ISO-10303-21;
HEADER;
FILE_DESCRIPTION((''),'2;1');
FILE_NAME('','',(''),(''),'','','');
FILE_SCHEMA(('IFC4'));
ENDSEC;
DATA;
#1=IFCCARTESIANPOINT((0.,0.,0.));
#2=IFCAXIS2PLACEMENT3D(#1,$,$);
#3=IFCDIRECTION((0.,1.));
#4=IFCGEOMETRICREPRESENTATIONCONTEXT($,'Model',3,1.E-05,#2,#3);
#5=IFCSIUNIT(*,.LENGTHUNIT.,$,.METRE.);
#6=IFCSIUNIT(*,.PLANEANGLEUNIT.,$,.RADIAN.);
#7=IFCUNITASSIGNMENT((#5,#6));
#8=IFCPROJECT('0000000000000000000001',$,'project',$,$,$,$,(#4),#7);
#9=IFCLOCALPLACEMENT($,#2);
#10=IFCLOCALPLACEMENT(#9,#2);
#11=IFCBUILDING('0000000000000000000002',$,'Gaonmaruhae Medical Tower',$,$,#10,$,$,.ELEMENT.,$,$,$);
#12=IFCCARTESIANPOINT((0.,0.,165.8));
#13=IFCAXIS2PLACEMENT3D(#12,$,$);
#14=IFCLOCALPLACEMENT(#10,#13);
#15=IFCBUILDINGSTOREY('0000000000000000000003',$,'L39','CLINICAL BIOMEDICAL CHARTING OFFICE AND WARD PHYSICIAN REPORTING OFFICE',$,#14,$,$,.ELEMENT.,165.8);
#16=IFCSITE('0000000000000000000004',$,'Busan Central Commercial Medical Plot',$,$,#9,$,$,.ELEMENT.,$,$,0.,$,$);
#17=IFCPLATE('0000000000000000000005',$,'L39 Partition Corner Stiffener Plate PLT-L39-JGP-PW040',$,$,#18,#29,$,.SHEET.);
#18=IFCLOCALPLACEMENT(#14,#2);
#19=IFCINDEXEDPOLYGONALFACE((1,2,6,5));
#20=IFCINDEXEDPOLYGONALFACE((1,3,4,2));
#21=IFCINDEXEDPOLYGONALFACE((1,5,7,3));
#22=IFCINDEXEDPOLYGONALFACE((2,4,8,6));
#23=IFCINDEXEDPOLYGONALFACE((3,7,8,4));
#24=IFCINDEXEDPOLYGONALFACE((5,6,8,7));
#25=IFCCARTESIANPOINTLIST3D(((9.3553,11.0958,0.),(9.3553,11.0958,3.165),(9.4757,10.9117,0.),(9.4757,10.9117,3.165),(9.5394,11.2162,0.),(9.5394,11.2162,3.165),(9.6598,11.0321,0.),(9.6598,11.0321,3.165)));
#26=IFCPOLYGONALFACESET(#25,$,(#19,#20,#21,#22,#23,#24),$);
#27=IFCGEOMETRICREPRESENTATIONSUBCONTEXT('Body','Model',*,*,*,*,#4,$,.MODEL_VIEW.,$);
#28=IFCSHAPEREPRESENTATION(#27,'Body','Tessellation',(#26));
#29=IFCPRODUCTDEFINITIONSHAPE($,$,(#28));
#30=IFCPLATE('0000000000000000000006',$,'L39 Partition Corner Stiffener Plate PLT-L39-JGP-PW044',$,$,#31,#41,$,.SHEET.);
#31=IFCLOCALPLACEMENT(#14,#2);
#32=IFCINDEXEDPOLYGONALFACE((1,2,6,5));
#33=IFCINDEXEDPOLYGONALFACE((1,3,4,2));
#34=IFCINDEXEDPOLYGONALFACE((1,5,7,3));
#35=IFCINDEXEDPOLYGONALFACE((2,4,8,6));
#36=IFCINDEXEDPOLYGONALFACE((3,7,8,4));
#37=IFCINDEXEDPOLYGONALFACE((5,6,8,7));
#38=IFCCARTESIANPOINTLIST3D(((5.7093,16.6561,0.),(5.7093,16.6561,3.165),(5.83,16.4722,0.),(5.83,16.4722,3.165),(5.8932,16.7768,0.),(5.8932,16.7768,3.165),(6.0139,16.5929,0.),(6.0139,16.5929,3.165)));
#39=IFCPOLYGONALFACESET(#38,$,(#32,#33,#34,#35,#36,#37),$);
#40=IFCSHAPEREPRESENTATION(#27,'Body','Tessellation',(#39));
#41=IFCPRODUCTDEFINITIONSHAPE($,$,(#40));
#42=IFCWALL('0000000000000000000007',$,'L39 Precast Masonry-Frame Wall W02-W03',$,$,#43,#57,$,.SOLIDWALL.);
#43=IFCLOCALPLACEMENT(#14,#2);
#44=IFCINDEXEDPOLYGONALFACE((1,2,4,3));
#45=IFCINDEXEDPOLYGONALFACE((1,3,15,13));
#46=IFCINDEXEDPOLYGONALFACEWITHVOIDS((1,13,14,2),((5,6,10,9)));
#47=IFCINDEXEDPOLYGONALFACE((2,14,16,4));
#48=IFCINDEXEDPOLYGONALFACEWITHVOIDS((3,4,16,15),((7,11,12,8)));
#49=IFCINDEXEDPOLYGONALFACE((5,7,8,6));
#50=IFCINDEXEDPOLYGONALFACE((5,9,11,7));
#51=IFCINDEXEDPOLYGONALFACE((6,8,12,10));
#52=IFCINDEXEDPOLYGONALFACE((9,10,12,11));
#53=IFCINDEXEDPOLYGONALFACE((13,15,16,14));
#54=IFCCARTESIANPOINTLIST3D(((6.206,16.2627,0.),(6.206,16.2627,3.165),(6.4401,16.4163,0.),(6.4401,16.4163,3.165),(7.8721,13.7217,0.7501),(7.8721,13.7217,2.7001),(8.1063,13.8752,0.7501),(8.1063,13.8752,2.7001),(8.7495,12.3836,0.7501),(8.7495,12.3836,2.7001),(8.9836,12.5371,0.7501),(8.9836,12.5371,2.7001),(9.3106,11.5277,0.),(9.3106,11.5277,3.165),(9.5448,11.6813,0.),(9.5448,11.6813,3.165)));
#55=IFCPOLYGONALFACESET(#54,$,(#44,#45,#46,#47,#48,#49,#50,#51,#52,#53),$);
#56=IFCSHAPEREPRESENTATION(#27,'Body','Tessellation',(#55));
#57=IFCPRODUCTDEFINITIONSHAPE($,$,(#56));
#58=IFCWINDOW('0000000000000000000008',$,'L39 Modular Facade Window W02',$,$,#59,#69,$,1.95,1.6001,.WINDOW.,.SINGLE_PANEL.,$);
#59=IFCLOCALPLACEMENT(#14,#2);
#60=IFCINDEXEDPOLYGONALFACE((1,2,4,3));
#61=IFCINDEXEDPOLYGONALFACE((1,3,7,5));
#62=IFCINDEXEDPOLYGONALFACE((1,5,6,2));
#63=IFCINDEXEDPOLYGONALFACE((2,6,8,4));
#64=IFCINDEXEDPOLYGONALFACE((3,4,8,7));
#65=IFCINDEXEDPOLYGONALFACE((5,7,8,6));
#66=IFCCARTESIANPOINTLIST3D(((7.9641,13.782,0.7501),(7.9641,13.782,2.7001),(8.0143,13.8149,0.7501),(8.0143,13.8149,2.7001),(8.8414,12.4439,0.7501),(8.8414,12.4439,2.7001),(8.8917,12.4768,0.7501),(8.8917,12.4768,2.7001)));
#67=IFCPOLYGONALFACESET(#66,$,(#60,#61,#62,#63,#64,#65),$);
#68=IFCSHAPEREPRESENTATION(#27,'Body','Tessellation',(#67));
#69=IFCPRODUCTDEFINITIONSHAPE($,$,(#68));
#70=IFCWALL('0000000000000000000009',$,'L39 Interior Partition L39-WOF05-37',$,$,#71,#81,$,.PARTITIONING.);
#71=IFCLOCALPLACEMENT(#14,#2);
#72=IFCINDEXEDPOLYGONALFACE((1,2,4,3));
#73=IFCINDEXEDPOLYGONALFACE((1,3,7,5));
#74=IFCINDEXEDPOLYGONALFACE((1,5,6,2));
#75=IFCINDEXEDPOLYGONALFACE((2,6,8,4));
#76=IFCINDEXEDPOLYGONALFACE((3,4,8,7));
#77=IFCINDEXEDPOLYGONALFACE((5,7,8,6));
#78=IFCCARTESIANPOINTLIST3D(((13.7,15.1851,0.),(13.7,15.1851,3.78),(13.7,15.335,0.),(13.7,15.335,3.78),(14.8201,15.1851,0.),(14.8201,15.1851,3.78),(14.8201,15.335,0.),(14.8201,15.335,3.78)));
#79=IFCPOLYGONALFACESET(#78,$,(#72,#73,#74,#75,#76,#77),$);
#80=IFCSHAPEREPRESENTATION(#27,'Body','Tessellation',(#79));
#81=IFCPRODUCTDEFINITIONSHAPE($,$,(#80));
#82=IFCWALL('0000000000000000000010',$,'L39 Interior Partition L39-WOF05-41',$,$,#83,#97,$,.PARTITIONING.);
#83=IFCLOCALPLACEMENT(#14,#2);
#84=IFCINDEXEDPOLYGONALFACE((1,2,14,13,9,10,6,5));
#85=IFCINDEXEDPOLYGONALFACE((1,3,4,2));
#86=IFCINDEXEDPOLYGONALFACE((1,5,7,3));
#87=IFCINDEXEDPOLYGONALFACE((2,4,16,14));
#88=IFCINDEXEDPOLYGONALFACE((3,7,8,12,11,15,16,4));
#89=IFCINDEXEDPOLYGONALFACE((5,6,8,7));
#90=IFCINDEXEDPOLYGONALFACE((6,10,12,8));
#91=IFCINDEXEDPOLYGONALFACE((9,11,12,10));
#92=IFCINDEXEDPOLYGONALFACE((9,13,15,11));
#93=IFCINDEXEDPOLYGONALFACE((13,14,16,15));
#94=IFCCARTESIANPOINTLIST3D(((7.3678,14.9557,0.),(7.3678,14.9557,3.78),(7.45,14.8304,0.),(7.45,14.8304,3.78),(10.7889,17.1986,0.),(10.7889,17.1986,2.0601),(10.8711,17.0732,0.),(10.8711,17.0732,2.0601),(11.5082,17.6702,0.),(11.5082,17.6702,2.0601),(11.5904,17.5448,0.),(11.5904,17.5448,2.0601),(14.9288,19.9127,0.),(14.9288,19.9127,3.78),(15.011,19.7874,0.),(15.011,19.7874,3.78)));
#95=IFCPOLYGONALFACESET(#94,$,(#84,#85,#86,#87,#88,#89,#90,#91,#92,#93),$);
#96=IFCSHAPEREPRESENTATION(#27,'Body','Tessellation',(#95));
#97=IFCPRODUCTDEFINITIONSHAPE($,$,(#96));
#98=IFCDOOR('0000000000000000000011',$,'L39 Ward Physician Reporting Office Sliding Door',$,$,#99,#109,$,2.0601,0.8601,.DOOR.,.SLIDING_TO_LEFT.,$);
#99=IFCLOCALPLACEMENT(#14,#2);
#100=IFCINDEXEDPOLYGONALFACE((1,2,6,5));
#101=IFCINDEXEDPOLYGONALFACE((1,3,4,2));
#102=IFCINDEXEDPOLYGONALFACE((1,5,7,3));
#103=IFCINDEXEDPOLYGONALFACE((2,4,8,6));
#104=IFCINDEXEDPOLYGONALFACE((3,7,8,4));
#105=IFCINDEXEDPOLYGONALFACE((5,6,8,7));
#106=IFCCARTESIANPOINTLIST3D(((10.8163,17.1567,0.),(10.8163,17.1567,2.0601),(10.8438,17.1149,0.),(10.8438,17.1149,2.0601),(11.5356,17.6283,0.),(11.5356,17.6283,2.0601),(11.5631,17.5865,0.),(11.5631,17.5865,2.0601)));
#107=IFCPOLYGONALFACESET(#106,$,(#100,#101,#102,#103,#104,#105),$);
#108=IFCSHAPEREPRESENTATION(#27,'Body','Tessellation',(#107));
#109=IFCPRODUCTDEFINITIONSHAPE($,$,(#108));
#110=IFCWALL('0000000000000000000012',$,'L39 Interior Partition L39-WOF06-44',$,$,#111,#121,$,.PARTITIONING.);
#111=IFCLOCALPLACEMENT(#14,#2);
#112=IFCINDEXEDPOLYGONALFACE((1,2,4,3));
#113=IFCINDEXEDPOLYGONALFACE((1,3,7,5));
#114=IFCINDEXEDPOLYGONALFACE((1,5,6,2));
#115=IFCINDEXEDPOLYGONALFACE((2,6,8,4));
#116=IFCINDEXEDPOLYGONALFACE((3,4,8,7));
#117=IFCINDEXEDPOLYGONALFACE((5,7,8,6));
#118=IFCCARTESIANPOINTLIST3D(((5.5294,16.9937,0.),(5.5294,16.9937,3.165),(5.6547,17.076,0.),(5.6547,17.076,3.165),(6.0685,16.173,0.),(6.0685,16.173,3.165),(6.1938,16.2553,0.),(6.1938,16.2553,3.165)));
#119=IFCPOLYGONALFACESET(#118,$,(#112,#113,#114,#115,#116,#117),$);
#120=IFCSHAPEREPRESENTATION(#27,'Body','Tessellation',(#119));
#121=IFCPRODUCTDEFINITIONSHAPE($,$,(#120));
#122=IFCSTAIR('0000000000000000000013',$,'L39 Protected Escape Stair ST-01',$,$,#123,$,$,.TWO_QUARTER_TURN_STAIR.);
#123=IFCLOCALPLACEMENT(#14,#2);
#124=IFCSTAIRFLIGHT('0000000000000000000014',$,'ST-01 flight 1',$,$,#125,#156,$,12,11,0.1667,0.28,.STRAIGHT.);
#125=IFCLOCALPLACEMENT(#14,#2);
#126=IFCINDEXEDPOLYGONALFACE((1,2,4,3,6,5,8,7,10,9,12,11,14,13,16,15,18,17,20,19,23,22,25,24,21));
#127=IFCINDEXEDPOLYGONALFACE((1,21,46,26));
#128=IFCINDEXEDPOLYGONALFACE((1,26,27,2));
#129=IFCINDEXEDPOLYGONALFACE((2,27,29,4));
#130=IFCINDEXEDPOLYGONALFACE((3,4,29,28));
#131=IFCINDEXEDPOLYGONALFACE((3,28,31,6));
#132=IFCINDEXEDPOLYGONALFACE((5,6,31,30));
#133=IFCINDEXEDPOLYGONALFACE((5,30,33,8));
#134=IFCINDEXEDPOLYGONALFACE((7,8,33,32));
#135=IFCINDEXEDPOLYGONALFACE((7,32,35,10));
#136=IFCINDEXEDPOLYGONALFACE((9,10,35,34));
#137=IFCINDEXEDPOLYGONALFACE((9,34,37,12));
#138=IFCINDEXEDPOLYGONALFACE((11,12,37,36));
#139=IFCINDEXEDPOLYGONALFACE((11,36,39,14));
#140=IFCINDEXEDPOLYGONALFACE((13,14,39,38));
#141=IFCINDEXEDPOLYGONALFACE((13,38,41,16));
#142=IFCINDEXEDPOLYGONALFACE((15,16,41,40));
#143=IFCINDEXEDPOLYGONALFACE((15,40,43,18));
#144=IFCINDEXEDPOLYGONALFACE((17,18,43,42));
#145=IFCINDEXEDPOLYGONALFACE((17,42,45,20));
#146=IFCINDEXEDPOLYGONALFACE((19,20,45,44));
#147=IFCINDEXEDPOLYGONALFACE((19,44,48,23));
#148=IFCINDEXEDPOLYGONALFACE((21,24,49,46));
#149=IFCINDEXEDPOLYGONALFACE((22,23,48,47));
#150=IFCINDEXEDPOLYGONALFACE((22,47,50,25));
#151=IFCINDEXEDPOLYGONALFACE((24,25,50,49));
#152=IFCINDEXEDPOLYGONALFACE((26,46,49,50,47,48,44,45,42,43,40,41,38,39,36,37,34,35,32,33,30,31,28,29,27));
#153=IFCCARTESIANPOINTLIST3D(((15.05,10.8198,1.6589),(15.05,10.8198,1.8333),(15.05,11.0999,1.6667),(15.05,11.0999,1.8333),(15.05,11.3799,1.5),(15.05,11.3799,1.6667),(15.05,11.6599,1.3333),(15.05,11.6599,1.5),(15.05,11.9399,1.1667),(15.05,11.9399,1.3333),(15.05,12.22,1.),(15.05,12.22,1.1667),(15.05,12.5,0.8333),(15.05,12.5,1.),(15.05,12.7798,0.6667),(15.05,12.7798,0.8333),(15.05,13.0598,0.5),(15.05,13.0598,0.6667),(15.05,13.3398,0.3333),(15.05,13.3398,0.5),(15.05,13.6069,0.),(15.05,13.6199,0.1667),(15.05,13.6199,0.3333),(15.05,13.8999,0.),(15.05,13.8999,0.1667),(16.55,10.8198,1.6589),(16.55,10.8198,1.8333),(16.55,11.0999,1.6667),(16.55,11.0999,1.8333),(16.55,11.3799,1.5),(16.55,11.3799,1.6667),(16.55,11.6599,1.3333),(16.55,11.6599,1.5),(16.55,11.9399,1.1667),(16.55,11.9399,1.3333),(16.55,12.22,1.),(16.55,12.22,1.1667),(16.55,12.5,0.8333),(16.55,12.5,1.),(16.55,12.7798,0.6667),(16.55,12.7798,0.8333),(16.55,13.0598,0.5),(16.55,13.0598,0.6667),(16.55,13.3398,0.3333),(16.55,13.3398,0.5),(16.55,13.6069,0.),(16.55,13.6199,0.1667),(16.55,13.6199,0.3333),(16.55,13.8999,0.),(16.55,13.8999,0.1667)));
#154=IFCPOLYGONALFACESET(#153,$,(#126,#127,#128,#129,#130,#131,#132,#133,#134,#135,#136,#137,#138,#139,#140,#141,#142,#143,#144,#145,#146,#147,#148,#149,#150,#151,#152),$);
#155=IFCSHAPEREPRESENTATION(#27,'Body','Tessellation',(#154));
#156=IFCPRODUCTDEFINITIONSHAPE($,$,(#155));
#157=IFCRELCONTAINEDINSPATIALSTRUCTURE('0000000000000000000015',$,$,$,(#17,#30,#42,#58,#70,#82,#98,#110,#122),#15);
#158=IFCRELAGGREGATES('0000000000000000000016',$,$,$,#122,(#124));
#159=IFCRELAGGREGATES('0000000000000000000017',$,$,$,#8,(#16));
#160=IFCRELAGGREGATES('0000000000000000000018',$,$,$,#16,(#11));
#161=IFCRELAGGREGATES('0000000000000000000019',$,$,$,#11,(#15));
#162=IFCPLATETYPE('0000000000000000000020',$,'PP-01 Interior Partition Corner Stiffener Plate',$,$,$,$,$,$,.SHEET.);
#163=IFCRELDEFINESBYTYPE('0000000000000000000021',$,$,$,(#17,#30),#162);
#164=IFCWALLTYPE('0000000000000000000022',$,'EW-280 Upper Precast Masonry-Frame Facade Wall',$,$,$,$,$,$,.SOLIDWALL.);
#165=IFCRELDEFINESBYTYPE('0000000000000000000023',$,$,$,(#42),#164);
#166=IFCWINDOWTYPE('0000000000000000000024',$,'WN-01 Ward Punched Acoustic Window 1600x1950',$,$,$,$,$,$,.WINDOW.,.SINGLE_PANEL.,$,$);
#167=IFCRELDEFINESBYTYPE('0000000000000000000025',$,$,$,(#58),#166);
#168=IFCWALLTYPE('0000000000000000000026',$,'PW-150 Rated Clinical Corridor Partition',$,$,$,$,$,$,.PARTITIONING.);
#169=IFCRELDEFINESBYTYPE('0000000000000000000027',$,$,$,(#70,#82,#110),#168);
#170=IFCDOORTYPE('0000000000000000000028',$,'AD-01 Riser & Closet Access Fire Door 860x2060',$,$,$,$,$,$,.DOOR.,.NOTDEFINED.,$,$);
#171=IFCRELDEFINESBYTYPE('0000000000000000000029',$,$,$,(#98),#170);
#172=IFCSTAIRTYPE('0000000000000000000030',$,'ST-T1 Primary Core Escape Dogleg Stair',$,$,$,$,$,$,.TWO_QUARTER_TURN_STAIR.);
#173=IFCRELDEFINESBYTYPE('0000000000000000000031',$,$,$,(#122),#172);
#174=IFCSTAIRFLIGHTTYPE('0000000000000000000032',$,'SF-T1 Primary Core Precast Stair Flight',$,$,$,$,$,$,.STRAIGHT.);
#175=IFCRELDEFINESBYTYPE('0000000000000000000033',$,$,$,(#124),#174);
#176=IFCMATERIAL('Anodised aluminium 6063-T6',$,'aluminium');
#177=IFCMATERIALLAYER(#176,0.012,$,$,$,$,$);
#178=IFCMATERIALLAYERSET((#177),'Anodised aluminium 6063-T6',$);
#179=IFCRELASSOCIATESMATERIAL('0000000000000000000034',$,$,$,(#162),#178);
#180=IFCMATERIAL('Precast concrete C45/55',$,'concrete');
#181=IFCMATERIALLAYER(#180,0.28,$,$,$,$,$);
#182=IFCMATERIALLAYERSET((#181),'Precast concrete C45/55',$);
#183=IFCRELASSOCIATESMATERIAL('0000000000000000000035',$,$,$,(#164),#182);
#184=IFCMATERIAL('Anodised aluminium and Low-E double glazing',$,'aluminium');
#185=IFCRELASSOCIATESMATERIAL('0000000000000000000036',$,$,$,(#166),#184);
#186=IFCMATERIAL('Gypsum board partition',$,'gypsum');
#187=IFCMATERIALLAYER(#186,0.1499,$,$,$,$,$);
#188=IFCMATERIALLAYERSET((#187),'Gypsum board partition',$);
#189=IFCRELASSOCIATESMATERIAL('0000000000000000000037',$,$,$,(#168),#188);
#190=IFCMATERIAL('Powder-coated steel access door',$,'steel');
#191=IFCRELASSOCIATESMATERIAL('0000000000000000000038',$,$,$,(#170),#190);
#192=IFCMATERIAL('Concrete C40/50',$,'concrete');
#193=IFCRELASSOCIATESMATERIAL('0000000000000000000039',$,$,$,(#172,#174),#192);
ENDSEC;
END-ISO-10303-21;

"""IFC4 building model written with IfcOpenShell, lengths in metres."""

from ifc_helpers import new_model, si_unit, direction, frame, frame_2d, origin, origin_2d, place, context, subcontext, project, spatial, polyline, rectangle, outline, extrude, material, layer, layer_set, type_object, element, fill, aggregate, save


model = new_model("IFC4")

# Units and contexts
model_context = context("Model", 3, precision=1e-05, world=origin(), true_north=direction((0.0, 1.0)))
body_context = subcontext(model_context, "Body", "Model", "MODEL_VIEW")
ifc_project = project(units=[si_unit("LENGTHUNIT", "METRE"), si_unit("PLANEANGLEUNIT", "RADIAN")], contexts=[model_context])

# Site, building, storey
site_placement = place(None, origin())
site = spatial("IfcSite", under=ifc_project, at=site_placement, Name="Busan Central Commercial Medical Plot", CompositionType="ELEMENT", RefElevation=0.0)
building_placement = place(site_placement, origin())
building = spatial("IfcBuilding", under=site, at=building_placement, Name="Gaonmaruhae Medical Tower", CompositionType="ELEMENT")
storey_placement = place(building_placement, frame((0.0, 0.0, 165.8)))
storey = spatial("IfcBuildingStorey", under=building, at=storey_placement, Name="L39", Description="CLINICAL BIOMEDICAL CHARTING OFFICE AND WARD PHYSICIAN REPORTING OFFICE", CompositionType="ELEMENT", Elevation=165.8)

# Plates
ifc_material_1 = material(Name="Anodised aluminium 6063-T6", Category="aluminium")
ifc_layer_1 = layer(ifc_material_1, 0.012)
ifc_layer_set_1 = layer_set([ifc_layer_1], Name="Anodised aluminium 6063-T6")
plate_type = type_object("IfcPlateType", Name="PP-01 Interior Partition Corner Stiffener Plate", PredefinedType="SHEET", material=ifc_layer_set_1)
for number, where, z_axis, x_axis, name in (
    (1, (9.5076, 11.064, 0.0), (0.0, 0.0, 1.0), (-0.547461, 0.836831, 0.0), "L39 Partition Corner Stiffener Plate PLT-L39-JGP-PW040"),
    (2, (5.8616, 16.6245, 0.0), (0.0, 0.0, 1.0), (-0.548819, 0.835941, 0.0), "L39 Partition Corner Stiffener Plate PLT-L39-JGP-PW044"),
):
    element("IfcPlate", number, at=place(storey_placement, frame(where, z_axis=z_axis, x_axis=x_axis)), inside=storey, type_object=plate_type, Name=name, PredefinedType="SHEET", context=body_context, shape_type="SweptSolid", body=[
        extrude(rectangle(XDim=0.22, YDim=0.22, at=origin_2d()), origin(), (0.0, 0.0, 1.0), 3.165),
    ])

# Wall, opening, window
ifc_material_2 = material(Name="Precast concrete C45/55", Category="concrete")
ifc_layer_2 = layer(ifc_material_2, 0.28)
ifc_layer_set_2 = layer_set([ifc_layer_2], Name="Precast concrete C45/55")
wall_type_1 = type_object("IfcWallType", Name="EW-280 Upper Precast Masonry-Frame Facade Wall", PredefinedType="SOLIDWALL", material=ifc_layer_set_2)
wall_1_placement = place(storey_placement, frame((9.4277, 11.6045, 0.0), z_axis=(0.0, 0.0, 1.0), x_axis=(-0.548326, 0.836265, 0.0)))
wall_1 = element("IfcWall", 3, at=wall_1_placement, inside=storey, type_object=wall_type_1, Name="L39 Precast Masonry-Frame Wall W02-W03", PredefinedType="SOLIDWALL", context=body_context, shape_type="SweptSolid", body=[
    extrude(rectangle(XDim=5.6621, YDim=0.28, at=frame_2d((2.8311, 0.0))), origin(), (0.0, 0.0, 1.0), 3.165),
])
opening_1_placement = place(wall_1_placement, frame((1.0234, 0.0, 0.75)))
opening_1 = element("IfcOpeningElement", 4, at=opening_1_placement, cuts=wall_1, PredefinedType="OPENING", context=body_context, shape_type="SweptSolid", body=[
    extrude(rectangle(XDim=1.6001, YDim=1.95, at=frame_2d((0.8, 0.9751))), frame((0.0, 0.1499, 0.0), z_axis=(0.0, -1.0, 0.0), x_axis=(1.0, 0.0, 0.0)), (0.0, 0.0, 1.0), 0.3),
])
ifc_material_3 = material(Name="Anodised aluminium and Low-E double glazing", Category="aluminium")
window_type = type_object("IfcWindowType", Name="WN-01 Ward Punched Acoustic Window 1600x1950", PartitioningType="SINGLE_PANEL", PredefinedType="WINDOW", material=ifc_material_3)
window_placement = place(opening_1_placement, origin())
window = element("IfcWindow", 5, at=window_placement, inside=storey, type_object=window_type, Name="L39 Modular Facade Window W02", OverallHeight=1.95, OverallWidth=1.6001, PartitioningType="SINGLE_PANEL", PredefinedType="WINDOW", context=body_context, shape_type="SweptSolid", body=[
    extrude(rectangle(XDim=1.6001, YDim=1.95, at=frame_2d((0.8, 0.9751))), frame((0.0, 0.03, 0.0), z_axis=(0.0, -1.0, 0.0), x_axis=(1.0, 0.0, 0.0)), (0.0, 0.0, 1.0), 0.0601),
])
fill(opening_1, window)

# Wall
ifc_material_4 = material(Name="Gypsum board partition", Category="gypsum")
ifc_layer_3 = layer(ifc_material_4, 0.1499)
ifc_layer_set_3 = layer_set([ifc_layer_3], Name="Gypsum board partition")
wall_type_2 = type_object("IfcWallType", Name="PW-150 Rated Clinical Corridor Partition", PredefinedType="PARTITIONING", material=ifc_layer_set_3)
wall_2_placement = place(storey_placement, frame((14.8201, 15.26, 0.0), z_axis=(0.0, 0.0, 1.0), x_axis=(-1.0, 0.0, 0.0)))
element("IfcWall", 6, at=wall_2_placement, inside=storey, type_object=wall_type_2, Name="L39 Interior Partition L39-WOF05-37", PredefinedType="PARTITIONING", context=body_context, shape_type="SweptSolid", body=[
    extrude(rectangle(XDim=1.1201, YDim=0.1499, at=frame_2d((0.5601, 0.0))), origin(), (0.0, 0.0, 1.0), 3.78),
])

# Wall, opening, door
wall_3_placement = place(storey_placement, frame((7.4089, 14.8931, 0.0), z_axis=(0.0, 0.0, 1.0), x_axis=(0.836296, 0.548278, 0.0)))
wall_3 = element("IfcWall", 7, at=wall_3_placement, inside=storey, type_object=wall_type_2, Name="L39 Interior Partition L39-WOF05-41", PredefinedType="PARTITIONING", context=body_context, shape_type="SweptSolid", body=[
    extrude(rectangle(XDim=9.041, YDim=0.1499, at=frame_2d((4.5205, 0.0))), origin(), (0.0, 0.0, 1.0), 3.78),
])
opening_2_placement = place(wall_3_placement, frame((4.0906, 0.0, 0.0)))
opening_2 = element("IfcOpeningElement", 8, at=opening_2_placement, cuts=wall_3, PredefinedType="OPENING", context=body_context, shape_type="SweptSolid", body=[
    extrude(rectangle(XDim=0.8601, YDim=2.0601, at=frame_2d((0.4302, 1.03))), frame((0.0, 0.085, 0.0), z_axis=(0.0, -1.0, 0.0), x_axis=(1.0, 0.0, 0.0)), (0.0, 0.0, 1.0), 0.1699),
])
ifc_material_5 = material(Name="Powder-coated steel access door", Category="steel")
door_type_1 = type_object("IfcDoorType", Name="AD-01 Riser & Closet Access Fire Door 860x2060", OperationType="NOTDEFINED", PredefinedType="DOOR", material=ifc_material_5)
door_1_placement = place(opening_2_placement, origin())
door_1 = element("IfcDoor", 9, at=door_1_placement, inside=storey, type_object=door_type_1, Name="L39 Ward Physician Reporting Office Sliding Door", OperationType="SLIDING_TO_LEFT", OverallHeight=2.0601, OverallWidth=0.8601, PredefinedType="DOOR", context=body_context, shape_type="SweptSolid", body=[
    extrude(rectangle(XDim=0.8601, YDim=2.0601, at=frame_2d((0.4302, 1.03))), frame((0.0, 0.0249, 0.0), z_axis=(0.0, -1.0, 0.0), x_axis=(1.0, 0.0, 0.0)), (0.0, 0.0, 1.0), 0.05),
])
fill(opening_2, door_1)

# Wall
wall_4_placement = place(storey_placement, frame((6.1311, 16.2141, 0.0), z_axis=(0.0, 0.0, 1.0), x_axis=(-0.54895, 0.835855, 0.0)))
element("IfcWall", 10, at=wall_4_placement, inside=storey, type_object=wall_type_2, Name="L39 Interior Partition L39-WOF06-44", PredefinedType="PARTITIONING", context=body_context, shape_type="SweptSolid", body=[
    extrude(rectangle(XDim=0.9819, YDim=0.1499, at=frame_2d((0.491, 0.0))), origin(), (0.0, 0.0, 1.0), 3.165),
])

# Stair, stair flight
ifc_material_6 = material(Name="Concrete C40/50", Category="concrete")
stair_type = type_object("IfcStairType", Name="ST-T1 Primary Core Escape Dogleg Stair", PredefinedType="TWO_QUARTER_TURN_STAIR", material=ifc_material_6)
stair_placement = place(storey_placement, origin())
stair = element("IfcStair", 11, at=stair_placement, inside=storey, type_object=stair_type, Name="L39 Protected Escape Stair ST-01", PredefinedType="TWO_QUARTER_TURN_STAIR")
stair_flight_type = type_object("IfcStairFlightType", Name="SF-T1 Primary Core Precast Stair Flight", PredefinedType="STRAIGHT", material=ifc_material_6)
stair_flight_1_placement = place(storey_placement, frame((15.8, 13.8999, 0.0), z_axis=(0.0, 0.0, 1.0), x_axis=(0.0, -1.0, 0.0)))
stair_flight_1 = element("IfcStairFlight", 12, at=stair_flight_1_placement, type_object=stair_flight_type, Name="ST-01 flight 1", NumberOfRisers=12, NumberOfTreads=11, PredefinedType="STRAIGHT", RiserHeight=0.1667, TreadLength=0.28, context=body_context, shape_type="SweptSolid", body=[
    extrude(outline(polyline([(0.0, 0.0), (0.0, 0.1667), (0.28, 0.1667), (0.28, 0.3333), (0.5601, 0.3333), (0.5601, 0.5), (0.8401, 0.5), (0.8401, 0.6667), (1.1201, 0.6667), (1.1201, 0.8333), (1.3999, 0.8333), (1.3999, 1.0), (1.6799, 1.0), (1.6799, 1.1667), (1.96, 1.1667), (1.96, 1.3333), (2.24, 1.3333), (2.24, 1.5), (2.52, 1.5), (2.52, 1.6667), (2.8, 1.6667), (2.8, 1.8333), (3.0801, 1.8333), (3.0801, 2.0), (3.0801, 1.6589), (0.293, 0.0), (0.0, 0.0)])), frame((0.0, 0.75, 0.0), z_axis=(0.0, -1.0, 0.0), x_axis=(1.0, 0.0, 0.0)), (0.0, 0.0, 1.0), 1.5),
])
aggregate(stair, [stair_flight_1])

save(model, "model.ifc")
